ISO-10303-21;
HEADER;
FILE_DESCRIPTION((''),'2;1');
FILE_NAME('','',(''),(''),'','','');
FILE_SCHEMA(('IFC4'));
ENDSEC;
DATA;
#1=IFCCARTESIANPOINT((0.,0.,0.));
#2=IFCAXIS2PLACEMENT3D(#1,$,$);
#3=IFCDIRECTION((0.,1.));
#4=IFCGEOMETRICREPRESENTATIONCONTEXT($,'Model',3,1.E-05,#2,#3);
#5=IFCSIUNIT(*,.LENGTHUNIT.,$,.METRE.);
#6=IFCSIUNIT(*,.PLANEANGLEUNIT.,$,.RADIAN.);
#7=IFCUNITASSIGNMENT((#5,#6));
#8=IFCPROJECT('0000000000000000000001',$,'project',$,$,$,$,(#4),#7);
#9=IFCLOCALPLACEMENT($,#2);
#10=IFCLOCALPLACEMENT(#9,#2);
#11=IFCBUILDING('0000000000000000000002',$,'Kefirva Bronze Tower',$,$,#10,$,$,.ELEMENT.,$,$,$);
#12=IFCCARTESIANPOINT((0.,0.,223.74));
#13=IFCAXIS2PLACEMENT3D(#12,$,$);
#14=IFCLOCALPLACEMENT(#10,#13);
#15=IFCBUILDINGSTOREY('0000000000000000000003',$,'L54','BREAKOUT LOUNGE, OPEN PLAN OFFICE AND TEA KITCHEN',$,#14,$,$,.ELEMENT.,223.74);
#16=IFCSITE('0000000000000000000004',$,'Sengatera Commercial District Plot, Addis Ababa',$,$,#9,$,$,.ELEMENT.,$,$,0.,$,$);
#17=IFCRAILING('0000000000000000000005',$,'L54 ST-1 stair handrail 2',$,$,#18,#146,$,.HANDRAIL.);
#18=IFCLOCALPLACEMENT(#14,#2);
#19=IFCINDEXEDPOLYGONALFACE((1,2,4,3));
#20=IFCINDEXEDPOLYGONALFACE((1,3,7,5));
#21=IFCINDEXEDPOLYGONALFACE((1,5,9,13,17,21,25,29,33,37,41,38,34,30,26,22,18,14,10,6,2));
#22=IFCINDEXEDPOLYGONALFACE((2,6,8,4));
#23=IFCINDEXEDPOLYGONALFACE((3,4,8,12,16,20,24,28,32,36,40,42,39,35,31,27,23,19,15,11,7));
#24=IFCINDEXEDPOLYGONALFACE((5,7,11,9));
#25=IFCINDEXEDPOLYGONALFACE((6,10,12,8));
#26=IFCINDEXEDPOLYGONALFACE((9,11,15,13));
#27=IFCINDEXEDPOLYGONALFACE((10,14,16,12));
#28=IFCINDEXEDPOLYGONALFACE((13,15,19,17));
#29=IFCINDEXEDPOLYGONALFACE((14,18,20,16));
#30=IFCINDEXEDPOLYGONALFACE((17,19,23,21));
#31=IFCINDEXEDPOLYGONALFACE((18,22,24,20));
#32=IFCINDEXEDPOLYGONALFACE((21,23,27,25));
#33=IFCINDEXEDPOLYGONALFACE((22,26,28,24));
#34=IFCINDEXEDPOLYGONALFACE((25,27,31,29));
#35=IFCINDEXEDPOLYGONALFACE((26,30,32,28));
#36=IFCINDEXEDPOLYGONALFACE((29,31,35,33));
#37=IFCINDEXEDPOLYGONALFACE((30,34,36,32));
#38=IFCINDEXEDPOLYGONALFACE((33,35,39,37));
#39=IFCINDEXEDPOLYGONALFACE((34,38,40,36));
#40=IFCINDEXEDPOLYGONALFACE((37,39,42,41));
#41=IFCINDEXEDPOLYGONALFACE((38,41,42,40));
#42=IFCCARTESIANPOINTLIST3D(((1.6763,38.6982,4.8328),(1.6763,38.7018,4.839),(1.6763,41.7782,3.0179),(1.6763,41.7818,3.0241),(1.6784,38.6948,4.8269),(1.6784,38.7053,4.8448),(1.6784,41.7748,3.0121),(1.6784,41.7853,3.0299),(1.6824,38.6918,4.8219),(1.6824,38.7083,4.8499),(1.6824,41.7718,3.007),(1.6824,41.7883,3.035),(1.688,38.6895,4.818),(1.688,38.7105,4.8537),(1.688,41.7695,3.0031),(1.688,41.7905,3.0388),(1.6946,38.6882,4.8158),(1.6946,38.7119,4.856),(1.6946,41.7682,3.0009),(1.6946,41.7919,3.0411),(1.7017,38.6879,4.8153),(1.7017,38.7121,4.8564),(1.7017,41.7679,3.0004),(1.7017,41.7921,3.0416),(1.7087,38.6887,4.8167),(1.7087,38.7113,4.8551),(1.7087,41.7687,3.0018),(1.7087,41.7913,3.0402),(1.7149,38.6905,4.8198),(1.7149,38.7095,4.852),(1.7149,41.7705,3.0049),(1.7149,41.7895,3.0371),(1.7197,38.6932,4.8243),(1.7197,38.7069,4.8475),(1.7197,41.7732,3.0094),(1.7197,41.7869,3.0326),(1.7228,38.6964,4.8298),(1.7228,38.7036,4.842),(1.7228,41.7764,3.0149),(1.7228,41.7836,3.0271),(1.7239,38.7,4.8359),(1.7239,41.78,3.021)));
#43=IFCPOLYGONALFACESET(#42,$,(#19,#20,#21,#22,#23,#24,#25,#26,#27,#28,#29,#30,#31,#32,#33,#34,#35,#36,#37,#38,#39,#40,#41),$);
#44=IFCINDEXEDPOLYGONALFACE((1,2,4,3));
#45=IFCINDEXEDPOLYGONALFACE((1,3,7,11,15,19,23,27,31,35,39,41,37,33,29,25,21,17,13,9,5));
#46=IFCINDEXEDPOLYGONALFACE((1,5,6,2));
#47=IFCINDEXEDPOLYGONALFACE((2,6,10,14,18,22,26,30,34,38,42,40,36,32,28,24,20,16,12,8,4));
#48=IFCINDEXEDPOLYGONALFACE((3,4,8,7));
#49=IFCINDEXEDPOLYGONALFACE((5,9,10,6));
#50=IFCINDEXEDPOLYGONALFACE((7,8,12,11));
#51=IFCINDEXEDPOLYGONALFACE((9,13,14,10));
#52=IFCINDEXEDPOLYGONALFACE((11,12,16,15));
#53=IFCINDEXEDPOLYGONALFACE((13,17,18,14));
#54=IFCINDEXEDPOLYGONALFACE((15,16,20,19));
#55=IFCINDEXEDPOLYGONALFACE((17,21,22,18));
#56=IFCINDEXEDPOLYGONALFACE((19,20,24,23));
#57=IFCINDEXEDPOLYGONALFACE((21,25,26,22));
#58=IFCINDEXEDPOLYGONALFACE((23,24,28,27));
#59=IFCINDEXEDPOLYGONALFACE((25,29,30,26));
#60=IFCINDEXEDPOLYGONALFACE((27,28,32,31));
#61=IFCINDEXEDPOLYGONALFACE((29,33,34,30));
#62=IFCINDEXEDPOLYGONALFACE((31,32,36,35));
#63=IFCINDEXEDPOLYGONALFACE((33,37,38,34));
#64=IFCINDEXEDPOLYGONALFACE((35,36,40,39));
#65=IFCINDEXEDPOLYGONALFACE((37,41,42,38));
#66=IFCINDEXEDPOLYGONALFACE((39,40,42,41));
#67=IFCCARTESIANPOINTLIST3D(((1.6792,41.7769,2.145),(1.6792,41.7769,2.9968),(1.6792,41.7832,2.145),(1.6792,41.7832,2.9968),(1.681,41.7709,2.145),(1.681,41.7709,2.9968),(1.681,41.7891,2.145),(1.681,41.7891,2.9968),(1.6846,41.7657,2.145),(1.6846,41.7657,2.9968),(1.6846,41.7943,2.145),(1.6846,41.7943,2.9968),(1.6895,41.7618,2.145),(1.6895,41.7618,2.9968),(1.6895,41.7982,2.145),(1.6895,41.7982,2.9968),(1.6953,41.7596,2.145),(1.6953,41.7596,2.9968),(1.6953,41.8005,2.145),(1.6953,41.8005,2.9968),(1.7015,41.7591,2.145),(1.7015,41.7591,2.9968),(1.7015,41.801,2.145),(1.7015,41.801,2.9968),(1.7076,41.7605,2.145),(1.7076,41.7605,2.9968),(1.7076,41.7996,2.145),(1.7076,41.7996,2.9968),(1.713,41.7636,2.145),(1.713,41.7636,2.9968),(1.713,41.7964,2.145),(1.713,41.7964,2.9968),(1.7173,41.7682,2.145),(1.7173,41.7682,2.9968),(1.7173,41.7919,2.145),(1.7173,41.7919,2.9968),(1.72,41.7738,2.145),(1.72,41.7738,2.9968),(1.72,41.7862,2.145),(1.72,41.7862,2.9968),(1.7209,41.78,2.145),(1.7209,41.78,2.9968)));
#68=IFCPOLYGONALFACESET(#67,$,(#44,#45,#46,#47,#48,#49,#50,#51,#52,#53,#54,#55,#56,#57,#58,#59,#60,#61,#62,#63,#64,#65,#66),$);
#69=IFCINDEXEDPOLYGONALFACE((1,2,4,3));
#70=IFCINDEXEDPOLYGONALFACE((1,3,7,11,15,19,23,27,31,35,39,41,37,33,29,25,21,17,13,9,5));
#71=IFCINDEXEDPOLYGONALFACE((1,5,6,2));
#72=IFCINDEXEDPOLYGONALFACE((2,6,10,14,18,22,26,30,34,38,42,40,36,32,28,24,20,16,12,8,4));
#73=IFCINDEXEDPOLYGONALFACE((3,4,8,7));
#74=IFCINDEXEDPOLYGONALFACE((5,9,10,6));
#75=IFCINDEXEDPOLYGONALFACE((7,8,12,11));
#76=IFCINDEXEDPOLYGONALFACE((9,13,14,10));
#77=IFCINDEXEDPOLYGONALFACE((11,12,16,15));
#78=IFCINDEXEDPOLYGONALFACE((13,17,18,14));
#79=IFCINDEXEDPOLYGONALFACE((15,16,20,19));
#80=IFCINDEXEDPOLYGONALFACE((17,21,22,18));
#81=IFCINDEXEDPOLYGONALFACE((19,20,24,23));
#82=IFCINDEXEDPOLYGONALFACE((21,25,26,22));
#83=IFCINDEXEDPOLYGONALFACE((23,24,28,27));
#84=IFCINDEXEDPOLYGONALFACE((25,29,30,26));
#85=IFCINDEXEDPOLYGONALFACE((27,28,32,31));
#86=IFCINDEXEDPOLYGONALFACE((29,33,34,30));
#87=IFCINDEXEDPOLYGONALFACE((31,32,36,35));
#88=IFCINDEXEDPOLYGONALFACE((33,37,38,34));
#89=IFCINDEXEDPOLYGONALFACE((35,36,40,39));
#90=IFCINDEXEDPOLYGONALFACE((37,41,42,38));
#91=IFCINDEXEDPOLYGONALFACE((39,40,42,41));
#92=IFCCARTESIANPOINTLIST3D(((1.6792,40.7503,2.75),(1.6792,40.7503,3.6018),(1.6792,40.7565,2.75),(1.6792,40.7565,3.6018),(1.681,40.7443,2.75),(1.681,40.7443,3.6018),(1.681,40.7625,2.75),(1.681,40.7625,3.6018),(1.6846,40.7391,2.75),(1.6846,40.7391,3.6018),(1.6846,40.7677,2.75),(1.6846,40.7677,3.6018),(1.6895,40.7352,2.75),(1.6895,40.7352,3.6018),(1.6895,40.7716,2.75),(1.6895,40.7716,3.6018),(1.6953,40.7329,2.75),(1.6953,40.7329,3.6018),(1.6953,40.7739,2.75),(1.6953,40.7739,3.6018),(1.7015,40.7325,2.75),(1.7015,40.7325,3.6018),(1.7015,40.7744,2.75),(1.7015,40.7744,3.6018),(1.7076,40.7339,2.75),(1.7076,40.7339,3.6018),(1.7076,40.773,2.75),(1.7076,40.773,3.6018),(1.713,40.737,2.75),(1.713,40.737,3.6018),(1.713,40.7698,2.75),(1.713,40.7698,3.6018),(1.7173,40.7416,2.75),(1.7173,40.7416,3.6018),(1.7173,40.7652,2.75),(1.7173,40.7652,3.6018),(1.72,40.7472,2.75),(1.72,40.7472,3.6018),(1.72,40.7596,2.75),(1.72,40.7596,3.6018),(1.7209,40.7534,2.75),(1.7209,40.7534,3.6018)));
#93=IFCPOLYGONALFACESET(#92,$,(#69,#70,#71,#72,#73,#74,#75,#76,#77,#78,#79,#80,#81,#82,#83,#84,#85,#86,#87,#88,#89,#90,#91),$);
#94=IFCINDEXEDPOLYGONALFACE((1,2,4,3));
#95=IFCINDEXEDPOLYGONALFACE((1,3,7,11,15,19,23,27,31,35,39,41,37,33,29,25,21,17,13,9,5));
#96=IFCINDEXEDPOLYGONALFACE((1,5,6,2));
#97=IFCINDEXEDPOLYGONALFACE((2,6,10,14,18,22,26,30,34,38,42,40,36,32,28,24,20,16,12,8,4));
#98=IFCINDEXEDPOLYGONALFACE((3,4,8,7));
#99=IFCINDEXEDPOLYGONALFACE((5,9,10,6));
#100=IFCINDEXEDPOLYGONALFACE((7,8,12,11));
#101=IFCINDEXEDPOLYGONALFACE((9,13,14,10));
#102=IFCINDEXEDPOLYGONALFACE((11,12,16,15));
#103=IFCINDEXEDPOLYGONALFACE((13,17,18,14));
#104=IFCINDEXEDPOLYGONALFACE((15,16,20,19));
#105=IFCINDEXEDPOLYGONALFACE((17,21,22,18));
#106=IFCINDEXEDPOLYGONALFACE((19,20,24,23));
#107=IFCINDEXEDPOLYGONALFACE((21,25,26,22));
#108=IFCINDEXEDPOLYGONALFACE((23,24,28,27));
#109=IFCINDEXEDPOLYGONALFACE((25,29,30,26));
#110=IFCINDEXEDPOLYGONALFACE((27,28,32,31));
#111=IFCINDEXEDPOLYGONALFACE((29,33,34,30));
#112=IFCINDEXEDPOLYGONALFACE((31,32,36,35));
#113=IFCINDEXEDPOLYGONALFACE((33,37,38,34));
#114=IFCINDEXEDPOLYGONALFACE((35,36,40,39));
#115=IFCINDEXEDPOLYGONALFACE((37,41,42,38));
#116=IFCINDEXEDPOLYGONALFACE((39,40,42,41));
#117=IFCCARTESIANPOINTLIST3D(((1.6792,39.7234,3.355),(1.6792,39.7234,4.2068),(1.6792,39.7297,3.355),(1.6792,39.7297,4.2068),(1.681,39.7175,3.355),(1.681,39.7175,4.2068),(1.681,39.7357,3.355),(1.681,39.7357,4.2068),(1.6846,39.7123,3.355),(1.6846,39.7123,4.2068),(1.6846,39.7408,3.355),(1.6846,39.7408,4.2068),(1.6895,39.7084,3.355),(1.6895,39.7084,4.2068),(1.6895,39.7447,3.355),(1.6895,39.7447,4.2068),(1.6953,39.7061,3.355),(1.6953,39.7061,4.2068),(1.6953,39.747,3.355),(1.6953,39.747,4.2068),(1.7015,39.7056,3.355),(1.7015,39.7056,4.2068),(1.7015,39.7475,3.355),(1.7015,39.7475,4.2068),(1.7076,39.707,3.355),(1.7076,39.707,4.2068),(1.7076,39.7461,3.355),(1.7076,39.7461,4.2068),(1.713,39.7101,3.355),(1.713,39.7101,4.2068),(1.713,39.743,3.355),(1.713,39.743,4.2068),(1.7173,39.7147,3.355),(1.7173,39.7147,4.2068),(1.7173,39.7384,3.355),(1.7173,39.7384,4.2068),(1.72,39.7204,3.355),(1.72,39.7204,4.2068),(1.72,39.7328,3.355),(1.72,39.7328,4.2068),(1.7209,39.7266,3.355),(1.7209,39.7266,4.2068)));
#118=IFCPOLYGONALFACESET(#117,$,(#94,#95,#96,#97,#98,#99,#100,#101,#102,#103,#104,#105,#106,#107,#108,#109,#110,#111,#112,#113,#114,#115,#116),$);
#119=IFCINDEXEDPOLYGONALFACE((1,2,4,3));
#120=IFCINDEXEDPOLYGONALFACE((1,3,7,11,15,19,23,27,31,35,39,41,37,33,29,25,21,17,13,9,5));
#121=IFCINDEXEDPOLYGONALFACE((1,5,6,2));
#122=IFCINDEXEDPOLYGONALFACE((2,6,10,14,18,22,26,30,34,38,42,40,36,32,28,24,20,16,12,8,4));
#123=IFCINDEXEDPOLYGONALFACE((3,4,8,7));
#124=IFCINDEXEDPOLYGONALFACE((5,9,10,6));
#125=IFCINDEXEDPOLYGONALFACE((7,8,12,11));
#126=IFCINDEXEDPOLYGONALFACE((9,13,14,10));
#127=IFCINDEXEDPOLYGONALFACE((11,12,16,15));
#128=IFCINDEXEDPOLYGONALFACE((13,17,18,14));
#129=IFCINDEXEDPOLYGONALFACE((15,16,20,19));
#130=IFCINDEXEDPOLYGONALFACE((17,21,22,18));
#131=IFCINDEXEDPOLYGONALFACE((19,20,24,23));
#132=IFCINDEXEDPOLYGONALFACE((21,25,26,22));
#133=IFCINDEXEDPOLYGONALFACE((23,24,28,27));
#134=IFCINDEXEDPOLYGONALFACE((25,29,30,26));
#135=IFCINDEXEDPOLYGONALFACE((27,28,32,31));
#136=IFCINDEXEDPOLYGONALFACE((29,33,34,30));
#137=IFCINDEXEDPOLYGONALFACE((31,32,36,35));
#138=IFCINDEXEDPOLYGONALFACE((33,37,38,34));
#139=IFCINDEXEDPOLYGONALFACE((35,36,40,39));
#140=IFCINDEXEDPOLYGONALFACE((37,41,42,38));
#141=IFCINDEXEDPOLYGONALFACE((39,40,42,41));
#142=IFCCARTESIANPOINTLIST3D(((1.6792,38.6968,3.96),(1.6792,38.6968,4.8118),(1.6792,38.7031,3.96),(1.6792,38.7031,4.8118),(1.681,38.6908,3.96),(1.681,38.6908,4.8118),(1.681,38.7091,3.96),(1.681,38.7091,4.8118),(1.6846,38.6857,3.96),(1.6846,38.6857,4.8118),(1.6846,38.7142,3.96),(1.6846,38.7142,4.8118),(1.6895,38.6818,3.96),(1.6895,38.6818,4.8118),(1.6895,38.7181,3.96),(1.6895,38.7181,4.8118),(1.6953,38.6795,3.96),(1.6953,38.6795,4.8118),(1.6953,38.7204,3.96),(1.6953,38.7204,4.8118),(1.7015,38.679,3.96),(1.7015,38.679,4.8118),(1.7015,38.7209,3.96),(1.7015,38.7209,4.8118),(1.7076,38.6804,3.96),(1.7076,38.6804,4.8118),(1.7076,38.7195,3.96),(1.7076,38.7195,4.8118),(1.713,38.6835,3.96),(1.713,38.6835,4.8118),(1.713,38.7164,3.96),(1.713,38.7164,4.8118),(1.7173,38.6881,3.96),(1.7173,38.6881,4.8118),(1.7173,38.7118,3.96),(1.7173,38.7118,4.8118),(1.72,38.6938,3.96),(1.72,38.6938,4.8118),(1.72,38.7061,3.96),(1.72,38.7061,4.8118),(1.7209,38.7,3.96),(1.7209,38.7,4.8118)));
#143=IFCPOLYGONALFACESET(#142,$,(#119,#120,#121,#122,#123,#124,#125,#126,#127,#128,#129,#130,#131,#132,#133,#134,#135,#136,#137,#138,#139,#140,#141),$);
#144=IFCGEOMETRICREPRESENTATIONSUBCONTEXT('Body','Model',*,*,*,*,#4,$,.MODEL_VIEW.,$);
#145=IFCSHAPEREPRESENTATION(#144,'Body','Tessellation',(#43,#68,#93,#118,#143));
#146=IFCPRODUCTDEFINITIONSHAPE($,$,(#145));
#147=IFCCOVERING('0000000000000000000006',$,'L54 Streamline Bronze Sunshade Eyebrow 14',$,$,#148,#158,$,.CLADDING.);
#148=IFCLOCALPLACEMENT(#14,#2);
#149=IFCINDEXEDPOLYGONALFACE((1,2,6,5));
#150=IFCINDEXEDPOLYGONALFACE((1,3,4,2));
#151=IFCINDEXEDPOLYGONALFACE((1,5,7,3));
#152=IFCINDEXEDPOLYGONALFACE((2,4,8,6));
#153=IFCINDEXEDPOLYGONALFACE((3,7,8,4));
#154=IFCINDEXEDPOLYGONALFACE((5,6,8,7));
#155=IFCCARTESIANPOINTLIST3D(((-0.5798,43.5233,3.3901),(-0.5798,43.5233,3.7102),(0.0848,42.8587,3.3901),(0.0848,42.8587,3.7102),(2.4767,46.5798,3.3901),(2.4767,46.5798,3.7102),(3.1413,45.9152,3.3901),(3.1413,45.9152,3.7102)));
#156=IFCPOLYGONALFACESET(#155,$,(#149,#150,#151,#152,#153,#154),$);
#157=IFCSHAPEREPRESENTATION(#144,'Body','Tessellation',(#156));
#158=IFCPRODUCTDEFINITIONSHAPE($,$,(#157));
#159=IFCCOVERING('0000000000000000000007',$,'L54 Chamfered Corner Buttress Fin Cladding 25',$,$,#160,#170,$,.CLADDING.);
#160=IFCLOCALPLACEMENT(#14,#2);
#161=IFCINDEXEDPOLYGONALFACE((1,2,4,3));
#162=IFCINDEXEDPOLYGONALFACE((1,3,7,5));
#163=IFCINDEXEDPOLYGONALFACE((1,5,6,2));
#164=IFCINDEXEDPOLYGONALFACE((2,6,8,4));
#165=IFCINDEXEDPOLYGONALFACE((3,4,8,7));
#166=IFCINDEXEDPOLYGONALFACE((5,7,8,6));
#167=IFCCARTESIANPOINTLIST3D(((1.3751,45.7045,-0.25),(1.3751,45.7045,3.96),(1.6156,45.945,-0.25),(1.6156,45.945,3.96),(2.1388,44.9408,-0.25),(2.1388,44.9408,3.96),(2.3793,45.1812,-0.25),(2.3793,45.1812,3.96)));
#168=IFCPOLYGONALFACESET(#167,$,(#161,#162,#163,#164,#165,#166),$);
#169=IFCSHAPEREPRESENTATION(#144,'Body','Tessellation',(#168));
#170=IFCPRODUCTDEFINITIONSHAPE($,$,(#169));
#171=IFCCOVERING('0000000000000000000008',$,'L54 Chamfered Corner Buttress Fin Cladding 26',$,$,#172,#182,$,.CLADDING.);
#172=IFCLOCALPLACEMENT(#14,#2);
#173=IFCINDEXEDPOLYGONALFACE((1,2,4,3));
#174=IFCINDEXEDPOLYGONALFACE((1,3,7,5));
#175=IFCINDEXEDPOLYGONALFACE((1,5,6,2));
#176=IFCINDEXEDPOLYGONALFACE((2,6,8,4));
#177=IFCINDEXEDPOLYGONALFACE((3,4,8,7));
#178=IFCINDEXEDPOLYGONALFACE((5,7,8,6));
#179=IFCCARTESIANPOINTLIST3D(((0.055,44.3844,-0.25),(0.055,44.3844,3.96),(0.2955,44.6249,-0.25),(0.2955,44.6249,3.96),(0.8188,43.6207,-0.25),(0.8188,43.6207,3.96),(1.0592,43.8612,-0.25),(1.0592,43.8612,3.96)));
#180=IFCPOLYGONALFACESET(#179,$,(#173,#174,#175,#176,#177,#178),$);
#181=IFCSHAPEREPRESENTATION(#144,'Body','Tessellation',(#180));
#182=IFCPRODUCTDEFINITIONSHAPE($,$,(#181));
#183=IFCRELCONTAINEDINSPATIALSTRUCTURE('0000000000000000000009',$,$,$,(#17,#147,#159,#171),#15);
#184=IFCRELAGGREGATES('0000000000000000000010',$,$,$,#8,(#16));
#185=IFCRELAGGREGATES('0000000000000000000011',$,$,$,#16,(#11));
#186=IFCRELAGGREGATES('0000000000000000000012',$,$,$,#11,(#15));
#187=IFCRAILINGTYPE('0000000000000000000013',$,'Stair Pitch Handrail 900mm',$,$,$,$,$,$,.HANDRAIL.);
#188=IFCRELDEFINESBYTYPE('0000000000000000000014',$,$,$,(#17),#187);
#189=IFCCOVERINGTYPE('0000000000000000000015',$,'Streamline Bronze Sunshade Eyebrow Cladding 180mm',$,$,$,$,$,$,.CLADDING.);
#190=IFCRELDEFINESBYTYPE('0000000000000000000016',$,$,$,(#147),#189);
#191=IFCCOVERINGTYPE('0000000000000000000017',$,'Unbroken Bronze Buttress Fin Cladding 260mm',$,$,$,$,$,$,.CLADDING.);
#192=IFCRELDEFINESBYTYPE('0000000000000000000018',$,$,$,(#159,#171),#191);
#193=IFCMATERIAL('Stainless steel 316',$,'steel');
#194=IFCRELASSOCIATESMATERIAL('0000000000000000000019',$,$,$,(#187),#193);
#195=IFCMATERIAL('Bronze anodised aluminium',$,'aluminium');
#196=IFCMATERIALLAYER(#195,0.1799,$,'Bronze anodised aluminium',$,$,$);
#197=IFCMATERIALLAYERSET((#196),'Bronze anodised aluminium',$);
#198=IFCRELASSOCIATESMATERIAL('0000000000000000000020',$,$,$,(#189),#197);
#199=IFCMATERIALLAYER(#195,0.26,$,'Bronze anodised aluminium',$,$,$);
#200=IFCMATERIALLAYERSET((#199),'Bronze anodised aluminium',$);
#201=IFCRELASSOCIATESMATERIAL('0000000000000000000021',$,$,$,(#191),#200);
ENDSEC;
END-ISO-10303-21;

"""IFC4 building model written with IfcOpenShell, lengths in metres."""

from ifc_helpers import new_model, si_unit, direction, frame, origin, origin_2d, place, context, subcontext, project, spatial, rectangle, circle, extrude, material, layer, layer_set, type_object, element, save


model = new_model("IFC4")

# Units and contexts
model_context = context("Model", 3, precision=1e-05, world=origin(), true_north=direction((0.0, 1.0)))
body_context = subcontext(model_context, "Body", "Model", "MODEL_VIEW")
ifc_project = project(units=[si_unit("LENGTHUNIT", "METRE"), si_unit("PLANEANGLEUNIT", "RADIAN")], contexts=[model_context])

# Site, building, storey
site_placement = place(None, origin())
site = spatial("IfcSite", under=ifc_project, at=site_placement, Name="Sengatera Commercial District Plot, Addis Ababa", CompositionType="ELEMENT", RefElevation=0.0)
building_placement = place(site_placement, origin())
building = spatial("IfcBuilding", under=site, at=building_placement, Name="Kefirva Bronze Tower", CompositionType="ELEMENT")
storey_placement = place(building_placement, frame((0.0, 0.0, 223.74)))
storey = spatial("IfcBuildingStorey", under=building, at=storey_placement, Name="L54", Description="BREAKOUT LOUNGE, OPEN PLAN OFFICE AND TEA KITCHEN", CompositionType="ELEMENT", Elevation=223.74)

# Shared definitions
ifc_material_1 = material(Name="Bronze anodised aluminium", Category="aluminium")

# Railing
ifc_material_2 = material(Name="Stainless steel 316", Category="steel")
railing_type_1 = type_object("IfcRailingType", Name="Stair Pitch Handrail 900mm", PredefinedType="HANDRAIL", material=ifc_material_2)
railing_1_placement = place(storey_placement, frame((1.7, 41.78, 2.145)))
element("IfcRailing", 1, at=railing_1_placement, inside=storey, type_object=railing_type_1, Name="L54 ST-1 stair handrail 2", PredefinedType="HANDRAIL", context=body_context, shape_type="SweptSolid", body=[
    extrude(circle(Radius=0.0239, at=origin_2d()), frame((0.0, 0.0, 0.876), z_axis=(0.0, -0.861551, 0.507671), x_axis=(1.0, 0.0, 0.0)), (0.0, 0.0, 1.0), 3.575),
    extrude(circle(Radius=0.021, at=origin_2d()), origin(), (0.0, 0.0, 1.0), 0.8518),
    extrude(circle(Radius=0.021, at=origin_2d()), frame((0.0, -1.0266, 0.605)), (0.0, 0.0, 1.0), 0.8518),
    extrude(circle(Radius=0.021, at=origin_2d()), frame((0.0, -2.0535, 1.21)), (0.0, 0.0, 1.0), 0.8518),
    extrude(circle(Radius=0.021, at=origin_2d()), frame((0.0, -3.0801, 1.8149)), (0.0, 0.0, 1.0), 0.8518),
])

# Coverings
ifc_layer_1 = layer(ifc_material_1, 0.1799, Name="Bronze anodised aluminium")
ifc_layer_set_1 = layer_set([ifc_layer_1], Name="Bronze anodised aluminium")
covering_type_1 = type_object("IfcCoveringType", Name="Streamline Bronze Sunshade Eyebrow Cladding 180mm", PredefinedType="CLADDING", material=ifc_layer_set_1)
covering_1_placement = place(storey_placement, frame((1.2808, 44.7192, 3.3901), z_axis=(0.0, 0.0, 1.0), x_axis=(-0.707107, -0.707107, 0.0)))
element("IfcCovering", 2, at=covering_1_placement, inside=storey, type_object=covering_type_1, Name="L54 Streamline Bronze Sunshade Eyebrow 14", PredefinedType="CLADDING", context=body_context, shape_type="SweptSolid", body=[
    extrude(rectangle(XDim=4.3225, YDim=0.9399, at=origin_2d()), origin(), (0.0, 0.0, 1.0), 0.3201),
])
ifc_layer_2 = layer(ifc_material_1, 0.26, Name="Bronze anodised aluminium")
ifc_layer_set_2 = layer_set([ifc_layer_2], Name="Bronze anodised aluminium")
covering_type_2 = type_object("IfcCoveringType", Name="Unbroken Bronze Buttress Fin Cladding 260mm", PredefinedType="CLADDING", material=ifc_layer_set_2)
for number, where, z_axis, x_axis, name in (
    (3, (1.8772, 45.4429, -0.25), (0.0, 0.0, 1.0), (-0.707107, -0.707107, 0.0), "L54 Chamfered Corner Buttress Fin Cladding 25"),
    (4, (0.5571, 44.1228, -0.25), (0.0, 0.0, 1.0), (-0.707107, -0.707107, 0.0), "L54 Chamfered Corner Buttress Fin Cladding 26"),
):
    element("IfcCovering", number, at=place(storey_placement, frame(where, z_axis=z_axis, x_axis=x_axis)), inside=storey, type_object=covering_type_2, Name=name, PredefinedType="CLADDING", context=body_context, shape_type="SweptSolid", body=[
        extrude(rectangle(XDim=0.3401, YDim=1.0801, at=origin_2d()), origin(), (0.0, 0.0, 1.0), 4.21),
    ])

save(model, "model.ifc")
